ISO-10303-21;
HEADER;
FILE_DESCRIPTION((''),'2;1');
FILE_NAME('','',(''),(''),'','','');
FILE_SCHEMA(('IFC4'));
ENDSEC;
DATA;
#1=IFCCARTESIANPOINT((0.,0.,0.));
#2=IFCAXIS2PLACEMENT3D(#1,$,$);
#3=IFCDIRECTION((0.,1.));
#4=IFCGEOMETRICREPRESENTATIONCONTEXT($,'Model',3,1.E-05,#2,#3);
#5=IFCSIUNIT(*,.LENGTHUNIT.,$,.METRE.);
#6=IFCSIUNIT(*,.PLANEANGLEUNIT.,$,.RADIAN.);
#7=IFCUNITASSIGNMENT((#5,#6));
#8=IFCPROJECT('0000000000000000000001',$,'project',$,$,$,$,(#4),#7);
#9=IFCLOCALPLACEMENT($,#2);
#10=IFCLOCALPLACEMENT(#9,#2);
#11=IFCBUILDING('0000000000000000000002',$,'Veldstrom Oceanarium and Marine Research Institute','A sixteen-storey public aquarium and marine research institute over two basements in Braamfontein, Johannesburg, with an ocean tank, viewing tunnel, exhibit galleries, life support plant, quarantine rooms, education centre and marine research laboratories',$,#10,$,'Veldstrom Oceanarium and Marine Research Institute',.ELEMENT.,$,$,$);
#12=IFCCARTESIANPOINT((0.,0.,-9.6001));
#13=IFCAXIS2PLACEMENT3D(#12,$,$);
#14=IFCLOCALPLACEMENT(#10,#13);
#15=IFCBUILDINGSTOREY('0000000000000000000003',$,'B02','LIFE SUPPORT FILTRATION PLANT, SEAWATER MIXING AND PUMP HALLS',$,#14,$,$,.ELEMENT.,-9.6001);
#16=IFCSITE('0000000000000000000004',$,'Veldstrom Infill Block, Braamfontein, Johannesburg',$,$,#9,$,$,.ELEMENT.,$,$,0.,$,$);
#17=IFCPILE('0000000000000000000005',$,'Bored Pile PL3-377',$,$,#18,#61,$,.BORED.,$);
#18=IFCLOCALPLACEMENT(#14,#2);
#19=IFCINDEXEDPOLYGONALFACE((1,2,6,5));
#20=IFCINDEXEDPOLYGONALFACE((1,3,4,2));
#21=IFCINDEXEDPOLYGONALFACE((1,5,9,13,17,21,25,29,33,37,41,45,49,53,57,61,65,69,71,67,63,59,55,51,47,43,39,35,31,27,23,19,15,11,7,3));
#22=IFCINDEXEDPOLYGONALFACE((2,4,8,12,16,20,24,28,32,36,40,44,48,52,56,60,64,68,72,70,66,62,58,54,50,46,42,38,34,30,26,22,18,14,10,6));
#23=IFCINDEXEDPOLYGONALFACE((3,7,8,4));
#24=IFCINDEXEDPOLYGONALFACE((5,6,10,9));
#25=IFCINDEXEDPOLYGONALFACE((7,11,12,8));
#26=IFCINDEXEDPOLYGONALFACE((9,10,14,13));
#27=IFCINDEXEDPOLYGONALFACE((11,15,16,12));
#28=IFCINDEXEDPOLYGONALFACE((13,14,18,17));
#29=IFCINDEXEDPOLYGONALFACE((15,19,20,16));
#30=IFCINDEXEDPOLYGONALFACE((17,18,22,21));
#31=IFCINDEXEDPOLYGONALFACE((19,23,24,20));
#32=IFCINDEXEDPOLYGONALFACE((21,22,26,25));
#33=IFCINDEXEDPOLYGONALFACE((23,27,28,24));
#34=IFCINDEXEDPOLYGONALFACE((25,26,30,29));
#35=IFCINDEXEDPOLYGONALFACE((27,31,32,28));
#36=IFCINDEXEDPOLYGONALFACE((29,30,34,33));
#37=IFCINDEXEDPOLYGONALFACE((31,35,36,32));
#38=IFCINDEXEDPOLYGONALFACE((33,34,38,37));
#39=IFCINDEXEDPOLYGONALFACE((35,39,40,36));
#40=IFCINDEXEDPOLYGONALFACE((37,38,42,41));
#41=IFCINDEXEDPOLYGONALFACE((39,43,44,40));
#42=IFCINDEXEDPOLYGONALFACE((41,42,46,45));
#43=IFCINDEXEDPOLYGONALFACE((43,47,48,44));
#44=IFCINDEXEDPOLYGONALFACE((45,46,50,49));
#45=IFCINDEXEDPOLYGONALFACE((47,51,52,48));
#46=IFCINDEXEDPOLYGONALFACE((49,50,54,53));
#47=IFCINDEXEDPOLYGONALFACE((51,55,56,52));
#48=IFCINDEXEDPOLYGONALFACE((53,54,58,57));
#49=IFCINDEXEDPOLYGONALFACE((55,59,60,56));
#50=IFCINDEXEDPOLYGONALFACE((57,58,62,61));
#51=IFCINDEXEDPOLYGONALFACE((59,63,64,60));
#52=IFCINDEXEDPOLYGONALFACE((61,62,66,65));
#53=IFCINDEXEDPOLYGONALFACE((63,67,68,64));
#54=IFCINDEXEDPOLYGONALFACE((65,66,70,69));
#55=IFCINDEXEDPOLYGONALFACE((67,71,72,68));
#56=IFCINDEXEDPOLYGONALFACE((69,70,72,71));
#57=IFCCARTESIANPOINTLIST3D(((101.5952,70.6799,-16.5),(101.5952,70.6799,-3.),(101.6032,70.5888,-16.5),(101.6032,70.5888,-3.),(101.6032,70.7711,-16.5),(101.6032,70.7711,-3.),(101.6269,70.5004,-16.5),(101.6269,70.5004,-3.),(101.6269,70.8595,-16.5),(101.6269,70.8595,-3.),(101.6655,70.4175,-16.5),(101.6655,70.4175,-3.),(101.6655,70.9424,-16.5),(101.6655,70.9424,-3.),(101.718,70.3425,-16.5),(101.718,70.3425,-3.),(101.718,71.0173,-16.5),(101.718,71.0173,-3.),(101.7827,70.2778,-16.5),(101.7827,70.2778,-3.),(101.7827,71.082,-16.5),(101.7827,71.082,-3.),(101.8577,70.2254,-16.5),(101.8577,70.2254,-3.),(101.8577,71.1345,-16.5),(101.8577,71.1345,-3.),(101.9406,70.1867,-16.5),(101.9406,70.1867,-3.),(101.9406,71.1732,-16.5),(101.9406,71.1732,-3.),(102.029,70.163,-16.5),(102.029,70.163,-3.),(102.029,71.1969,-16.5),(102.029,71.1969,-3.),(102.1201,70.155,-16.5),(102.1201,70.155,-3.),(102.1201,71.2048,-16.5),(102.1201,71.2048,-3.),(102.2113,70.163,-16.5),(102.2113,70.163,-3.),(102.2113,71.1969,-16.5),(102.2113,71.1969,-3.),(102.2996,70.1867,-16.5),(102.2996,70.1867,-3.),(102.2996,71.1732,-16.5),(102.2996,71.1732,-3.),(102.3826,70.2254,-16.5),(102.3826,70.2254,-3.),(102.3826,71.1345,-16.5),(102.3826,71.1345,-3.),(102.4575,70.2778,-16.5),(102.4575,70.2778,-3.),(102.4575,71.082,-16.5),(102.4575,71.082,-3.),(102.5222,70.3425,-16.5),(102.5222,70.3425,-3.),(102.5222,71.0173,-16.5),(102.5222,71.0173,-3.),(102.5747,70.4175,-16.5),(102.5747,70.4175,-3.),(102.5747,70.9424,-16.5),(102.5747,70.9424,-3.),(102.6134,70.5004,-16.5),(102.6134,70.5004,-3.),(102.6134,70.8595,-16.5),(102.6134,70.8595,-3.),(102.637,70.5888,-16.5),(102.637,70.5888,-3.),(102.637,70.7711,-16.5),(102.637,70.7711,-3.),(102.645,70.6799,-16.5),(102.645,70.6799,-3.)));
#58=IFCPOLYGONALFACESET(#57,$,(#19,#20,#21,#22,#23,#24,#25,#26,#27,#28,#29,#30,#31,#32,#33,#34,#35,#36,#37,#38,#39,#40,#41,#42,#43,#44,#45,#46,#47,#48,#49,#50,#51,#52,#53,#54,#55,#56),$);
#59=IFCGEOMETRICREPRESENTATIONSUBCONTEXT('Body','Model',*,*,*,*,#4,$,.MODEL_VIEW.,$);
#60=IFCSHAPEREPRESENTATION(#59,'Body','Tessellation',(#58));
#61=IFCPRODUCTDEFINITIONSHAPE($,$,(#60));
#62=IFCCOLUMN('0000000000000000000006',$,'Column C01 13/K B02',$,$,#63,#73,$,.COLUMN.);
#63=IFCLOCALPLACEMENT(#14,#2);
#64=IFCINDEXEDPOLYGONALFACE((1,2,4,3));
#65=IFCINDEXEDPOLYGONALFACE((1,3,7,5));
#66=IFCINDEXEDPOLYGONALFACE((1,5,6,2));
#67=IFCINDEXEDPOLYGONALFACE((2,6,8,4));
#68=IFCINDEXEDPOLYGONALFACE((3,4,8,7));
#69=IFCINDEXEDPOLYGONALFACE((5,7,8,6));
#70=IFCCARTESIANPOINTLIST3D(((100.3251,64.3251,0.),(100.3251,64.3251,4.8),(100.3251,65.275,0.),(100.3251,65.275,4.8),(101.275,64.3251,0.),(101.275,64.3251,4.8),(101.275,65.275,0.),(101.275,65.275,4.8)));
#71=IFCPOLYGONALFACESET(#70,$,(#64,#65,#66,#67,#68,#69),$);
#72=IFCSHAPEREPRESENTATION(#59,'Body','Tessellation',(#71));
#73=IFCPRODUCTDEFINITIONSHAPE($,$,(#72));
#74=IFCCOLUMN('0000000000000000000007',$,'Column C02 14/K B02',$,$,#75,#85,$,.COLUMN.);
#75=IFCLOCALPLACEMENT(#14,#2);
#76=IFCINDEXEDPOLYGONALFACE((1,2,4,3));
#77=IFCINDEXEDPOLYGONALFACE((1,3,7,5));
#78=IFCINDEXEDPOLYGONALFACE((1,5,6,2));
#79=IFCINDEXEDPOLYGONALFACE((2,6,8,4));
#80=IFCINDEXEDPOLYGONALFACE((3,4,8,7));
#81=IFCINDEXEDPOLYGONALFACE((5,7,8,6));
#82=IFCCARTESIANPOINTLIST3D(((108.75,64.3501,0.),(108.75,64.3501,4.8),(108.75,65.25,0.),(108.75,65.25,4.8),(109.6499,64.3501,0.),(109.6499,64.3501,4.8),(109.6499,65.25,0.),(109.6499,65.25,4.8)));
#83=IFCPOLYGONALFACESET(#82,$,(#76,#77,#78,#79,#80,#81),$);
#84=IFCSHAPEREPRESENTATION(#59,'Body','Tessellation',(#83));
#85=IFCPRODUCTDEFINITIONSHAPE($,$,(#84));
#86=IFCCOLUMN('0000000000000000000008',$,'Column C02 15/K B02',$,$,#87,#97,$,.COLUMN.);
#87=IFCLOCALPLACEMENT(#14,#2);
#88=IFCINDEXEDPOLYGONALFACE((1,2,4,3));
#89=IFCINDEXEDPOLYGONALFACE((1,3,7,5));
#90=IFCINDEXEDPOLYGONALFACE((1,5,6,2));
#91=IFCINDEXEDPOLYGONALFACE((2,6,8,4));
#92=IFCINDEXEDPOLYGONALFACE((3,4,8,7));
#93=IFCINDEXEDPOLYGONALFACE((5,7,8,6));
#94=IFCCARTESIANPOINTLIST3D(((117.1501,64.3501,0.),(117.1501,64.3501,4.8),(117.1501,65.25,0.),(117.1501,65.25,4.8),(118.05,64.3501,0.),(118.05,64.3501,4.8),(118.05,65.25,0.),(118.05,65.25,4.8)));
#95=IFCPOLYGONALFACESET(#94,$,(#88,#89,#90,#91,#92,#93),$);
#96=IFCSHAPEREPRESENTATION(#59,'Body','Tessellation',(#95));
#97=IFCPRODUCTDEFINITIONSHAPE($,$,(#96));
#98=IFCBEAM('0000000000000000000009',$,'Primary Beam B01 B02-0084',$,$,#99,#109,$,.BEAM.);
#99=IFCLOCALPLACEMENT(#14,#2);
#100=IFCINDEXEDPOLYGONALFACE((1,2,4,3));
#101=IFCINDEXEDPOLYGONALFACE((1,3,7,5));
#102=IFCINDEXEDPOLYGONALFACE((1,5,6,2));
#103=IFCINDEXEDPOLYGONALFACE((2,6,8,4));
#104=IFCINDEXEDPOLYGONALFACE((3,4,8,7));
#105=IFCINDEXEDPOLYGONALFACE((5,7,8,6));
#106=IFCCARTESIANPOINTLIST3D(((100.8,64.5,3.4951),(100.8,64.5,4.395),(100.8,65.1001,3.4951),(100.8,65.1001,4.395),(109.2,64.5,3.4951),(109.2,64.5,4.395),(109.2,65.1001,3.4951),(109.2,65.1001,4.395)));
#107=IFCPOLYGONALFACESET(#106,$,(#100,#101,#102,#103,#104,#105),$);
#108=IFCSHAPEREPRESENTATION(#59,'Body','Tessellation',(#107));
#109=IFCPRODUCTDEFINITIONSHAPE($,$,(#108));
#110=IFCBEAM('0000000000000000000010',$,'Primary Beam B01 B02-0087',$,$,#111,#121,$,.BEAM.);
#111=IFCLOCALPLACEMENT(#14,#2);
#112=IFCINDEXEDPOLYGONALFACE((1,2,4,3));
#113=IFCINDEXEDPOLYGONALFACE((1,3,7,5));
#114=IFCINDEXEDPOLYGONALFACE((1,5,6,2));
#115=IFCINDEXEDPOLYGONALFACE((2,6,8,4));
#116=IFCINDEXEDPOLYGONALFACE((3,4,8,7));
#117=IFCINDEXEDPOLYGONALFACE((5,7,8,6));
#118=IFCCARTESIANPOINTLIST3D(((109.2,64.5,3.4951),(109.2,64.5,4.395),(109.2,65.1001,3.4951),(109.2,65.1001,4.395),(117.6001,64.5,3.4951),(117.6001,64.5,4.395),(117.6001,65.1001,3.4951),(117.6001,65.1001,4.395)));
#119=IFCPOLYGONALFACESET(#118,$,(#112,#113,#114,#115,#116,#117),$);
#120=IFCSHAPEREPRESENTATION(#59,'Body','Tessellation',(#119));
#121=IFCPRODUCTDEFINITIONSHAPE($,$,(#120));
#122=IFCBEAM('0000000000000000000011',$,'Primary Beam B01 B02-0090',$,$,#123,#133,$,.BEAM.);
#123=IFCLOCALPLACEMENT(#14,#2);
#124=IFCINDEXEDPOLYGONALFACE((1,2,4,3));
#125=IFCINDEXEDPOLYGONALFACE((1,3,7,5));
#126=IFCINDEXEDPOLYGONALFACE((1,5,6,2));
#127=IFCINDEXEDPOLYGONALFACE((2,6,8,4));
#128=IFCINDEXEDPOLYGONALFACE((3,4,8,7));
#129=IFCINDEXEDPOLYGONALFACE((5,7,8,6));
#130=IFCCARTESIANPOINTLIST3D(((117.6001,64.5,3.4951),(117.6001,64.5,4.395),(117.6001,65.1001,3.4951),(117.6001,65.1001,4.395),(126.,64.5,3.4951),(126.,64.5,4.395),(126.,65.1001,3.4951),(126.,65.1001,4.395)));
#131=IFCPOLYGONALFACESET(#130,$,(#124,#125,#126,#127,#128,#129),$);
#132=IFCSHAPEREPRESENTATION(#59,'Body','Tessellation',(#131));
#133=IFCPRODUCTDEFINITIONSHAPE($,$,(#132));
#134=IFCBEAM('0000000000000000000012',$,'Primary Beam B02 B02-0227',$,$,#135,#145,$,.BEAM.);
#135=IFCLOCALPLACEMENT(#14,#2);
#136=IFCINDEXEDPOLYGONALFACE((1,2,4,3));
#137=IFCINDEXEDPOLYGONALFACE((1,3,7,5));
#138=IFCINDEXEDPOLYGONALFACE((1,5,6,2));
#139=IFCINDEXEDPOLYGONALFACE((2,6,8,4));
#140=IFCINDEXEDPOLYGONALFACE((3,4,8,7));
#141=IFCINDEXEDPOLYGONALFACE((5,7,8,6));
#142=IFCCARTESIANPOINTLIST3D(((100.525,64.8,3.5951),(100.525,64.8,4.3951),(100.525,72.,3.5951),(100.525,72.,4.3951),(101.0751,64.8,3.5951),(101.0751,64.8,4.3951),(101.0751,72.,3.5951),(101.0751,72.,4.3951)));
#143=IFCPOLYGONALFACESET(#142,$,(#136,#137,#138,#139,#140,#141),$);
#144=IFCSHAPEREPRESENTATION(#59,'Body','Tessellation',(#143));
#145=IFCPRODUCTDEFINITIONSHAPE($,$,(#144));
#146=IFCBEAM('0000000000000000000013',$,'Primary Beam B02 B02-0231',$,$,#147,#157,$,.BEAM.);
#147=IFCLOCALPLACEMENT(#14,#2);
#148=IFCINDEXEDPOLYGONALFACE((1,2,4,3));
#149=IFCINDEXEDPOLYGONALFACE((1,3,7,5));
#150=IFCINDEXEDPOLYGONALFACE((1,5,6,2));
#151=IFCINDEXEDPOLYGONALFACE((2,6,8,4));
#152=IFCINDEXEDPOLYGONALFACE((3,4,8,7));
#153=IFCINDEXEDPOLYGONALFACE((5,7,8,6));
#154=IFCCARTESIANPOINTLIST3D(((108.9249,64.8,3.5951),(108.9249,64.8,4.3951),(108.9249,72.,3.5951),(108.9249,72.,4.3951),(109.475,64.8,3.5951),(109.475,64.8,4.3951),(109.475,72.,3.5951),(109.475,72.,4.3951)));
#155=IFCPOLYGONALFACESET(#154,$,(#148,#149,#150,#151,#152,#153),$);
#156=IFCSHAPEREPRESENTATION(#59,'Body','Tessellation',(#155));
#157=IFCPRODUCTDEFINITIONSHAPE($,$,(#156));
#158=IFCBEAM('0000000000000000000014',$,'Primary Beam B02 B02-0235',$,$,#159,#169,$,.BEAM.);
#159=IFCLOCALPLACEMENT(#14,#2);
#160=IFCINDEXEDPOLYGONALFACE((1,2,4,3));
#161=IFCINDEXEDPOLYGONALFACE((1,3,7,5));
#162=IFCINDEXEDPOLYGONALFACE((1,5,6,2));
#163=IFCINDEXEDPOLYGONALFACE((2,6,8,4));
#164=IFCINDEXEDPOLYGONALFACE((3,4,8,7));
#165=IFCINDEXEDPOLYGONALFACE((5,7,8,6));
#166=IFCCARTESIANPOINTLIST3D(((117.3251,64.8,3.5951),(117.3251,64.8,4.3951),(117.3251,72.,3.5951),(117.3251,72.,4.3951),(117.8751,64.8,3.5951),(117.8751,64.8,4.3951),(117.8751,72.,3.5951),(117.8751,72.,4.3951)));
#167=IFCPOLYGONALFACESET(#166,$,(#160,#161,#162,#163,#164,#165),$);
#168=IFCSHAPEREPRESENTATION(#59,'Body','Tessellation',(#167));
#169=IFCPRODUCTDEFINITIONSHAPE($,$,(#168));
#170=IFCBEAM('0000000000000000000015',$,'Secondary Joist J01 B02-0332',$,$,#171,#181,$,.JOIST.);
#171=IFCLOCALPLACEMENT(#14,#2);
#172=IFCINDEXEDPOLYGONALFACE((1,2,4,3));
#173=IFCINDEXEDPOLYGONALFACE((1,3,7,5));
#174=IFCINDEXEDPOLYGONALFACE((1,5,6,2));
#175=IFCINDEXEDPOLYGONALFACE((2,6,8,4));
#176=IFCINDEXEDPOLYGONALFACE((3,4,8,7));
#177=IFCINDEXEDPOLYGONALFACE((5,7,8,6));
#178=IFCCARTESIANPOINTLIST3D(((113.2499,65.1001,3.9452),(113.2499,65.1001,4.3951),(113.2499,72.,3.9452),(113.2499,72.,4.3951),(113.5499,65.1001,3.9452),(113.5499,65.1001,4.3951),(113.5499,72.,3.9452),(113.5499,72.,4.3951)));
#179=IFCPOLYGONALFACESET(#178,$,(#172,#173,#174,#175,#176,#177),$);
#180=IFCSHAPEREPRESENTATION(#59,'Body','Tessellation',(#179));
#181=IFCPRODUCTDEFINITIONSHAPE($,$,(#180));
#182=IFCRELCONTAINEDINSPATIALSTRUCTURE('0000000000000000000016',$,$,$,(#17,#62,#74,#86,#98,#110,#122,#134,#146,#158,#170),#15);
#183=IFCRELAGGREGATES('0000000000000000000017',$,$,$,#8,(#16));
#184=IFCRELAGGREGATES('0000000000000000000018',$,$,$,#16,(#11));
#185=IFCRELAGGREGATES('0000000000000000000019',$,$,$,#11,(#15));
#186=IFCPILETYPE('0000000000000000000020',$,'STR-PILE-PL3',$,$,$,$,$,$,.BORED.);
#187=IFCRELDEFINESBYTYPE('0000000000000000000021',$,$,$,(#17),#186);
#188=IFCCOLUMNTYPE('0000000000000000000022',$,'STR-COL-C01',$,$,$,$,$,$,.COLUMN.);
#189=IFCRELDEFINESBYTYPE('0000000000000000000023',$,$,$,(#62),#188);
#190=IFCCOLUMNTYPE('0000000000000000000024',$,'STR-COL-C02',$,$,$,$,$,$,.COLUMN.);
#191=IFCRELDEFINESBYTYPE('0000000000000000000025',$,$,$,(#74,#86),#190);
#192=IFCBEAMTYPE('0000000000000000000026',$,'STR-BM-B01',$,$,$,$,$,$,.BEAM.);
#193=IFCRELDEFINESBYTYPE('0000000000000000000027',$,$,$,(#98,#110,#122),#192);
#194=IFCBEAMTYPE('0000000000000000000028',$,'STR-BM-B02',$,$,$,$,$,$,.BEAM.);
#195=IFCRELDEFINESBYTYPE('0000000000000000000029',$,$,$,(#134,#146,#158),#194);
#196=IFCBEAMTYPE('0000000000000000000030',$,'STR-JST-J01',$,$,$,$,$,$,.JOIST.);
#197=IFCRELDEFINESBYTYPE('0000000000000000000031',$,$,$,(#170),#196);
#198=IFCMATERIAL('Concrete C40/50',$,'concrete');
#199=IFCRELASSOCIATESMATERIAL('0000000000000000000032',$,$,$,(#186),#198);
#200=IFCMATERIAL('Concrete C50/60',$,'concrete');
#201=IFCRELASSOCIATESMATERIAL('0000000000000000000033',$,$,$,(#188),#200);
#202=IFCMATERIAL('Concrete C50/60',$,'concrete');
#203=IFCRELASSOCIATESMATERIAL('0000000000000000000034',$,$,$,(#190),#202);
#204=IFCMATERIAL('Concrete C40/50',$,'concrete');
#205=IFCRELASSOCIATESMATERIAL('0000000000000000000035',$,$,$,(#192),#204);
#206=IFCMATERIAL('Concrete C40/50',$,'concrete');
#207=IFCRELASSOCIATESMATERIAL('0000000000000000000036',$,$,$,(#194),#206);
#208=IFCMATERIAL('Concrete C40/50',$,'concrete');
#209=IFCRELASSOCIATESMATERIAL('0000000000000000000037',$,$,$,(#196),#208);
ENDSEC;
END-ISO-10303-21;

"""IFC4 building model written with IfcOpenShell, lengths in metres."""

from ifc_helpers import new_model, si_unit, direction, frame, origin, origin_2d, place, context, subcontext, project, spatial, rectangle, circle, extrude, material, material_profile, profile_set, type_object, element, save


model = new_model("IFC4")

# Units and contexts
model_context = context("Model", 3, precision=1e-05, world=origin(), true_north=direction((0.0, 1.0)))
body_context = subcontext(model_context, "Body", "Model", "MODEL_VIEW")
ifc_project = project(units=[si_unit("LENGTHUNIT", "METRE"), si_unit("PLANEANGLEUNIT", "RADIAN")], contexts=[model_context])

# Site, building, storey
site_placement = place(None, origin())
site = spatial("IfcSite", under=ifc_project, at=site_placement, Name="Veldstrom Infill Block, Braamfontein, Johannesburg", CompositionType="ELEMENT", RefElevation=0.0)
building_placement = place(site_placement, origin())
building = spatial("IfcBuilding", under=site, at=building_placement, Name="Veldstrom Oceanarium and Marine Research Institute", Description="A sixteen-storey public aquarium and marine research institute over two basements in Braamfontein, Johannesburg, with an ocean tank, viewing tunnel, exhibit galleries, life support plant, quarantine rooms, education centre and marine research laboratories", LongName="Veldstrom Oceanarium and Marine Research Institute", CompositionType="ELEMENT")
storey_placement = place(building_placement, frame((0.0, 0.0, -9.6001)))
storey = spatial("IfcBuildingStorey", under=building, at=storey_placement, Name="B02", Description="LIFE SUPPORT FILTRATION PLANT, SEAWATER MIXING AND PUMP HALLS", CompositionType="ELEMENT", Elevation=-9.6001)

# Pile
ifc_material_1 = material(Name="Concrete C40/50", Category="concrete")
ifc_material_profile_1 = material_profile(ifc_material_1, circle(Radius=0.5249, at=origin_2d()), Name="PILE-D1050")
ifc_profile_set_1 = profile_set([ifc_material_profile_1], Name="Concrete C40/50")
pile_type_1 = type_object("IfcPileType", Name="STR-PILE-PL3", PredefinedType="BORED", material=ifc_profile_set_1)
for number, where, z_axis, x_axis, name in (
    (1, (102.1201, 70.6799, -3.0), (0.0, 0.0, -1.0), (1.0, 0.0, 0.0), "Bored Pile PL3-377"),
):
    element("IfcPile", number, at=place(storey_placement, frame(where, z_axis=z_axis, x_axis=x_axis)), inside=storey, type_object=pile_type_1, Name=name, PredefinedType="BORED", context=body_context, shape_type="SweptSolid", body=[
        extrude(circle(Radius=0.5249, at=origin_2d()), origin(), (0.0, 0.0, 1.0), 13.5),
    ])

# Columns
ifc_material_2 = material(Name="Concrete C50/60", Category="concrete")
ifc_material_profile_2 = material_profile(ifc_material_2, rectangle(XDim=0.95, YDim=0.95, at=origin_2d()), Name="RC-COL-950x950")
ifc_profile_set_2 = profile_set([ifc_material_profile_2], Name="Concrete C50/60")
column_type_1 = type_object("IfcColumnType", Name="STR-COL-C01", PredefinedType="COLUMN", material=ifc_profile_set_2)
column_placement = place(storey_placement, frame((100.8, 64.8, 0.0), z_axis=(0.0, 0.0, 1.0), x_axis=(1.0, 0.0, 0.0)))
element("IfcColumn", 2, at=column_placement, inside=storey, type_object=column_type_1, Name="Column C01 13/K B02", PredefinedType="COLUMN", context=body_context, shape_type="SweptSolid", body=[
    extrude(rectangle(XDim=0.95, YDim=0.95, at=origin_2d()), origin(), (0.0, 0.0, 1.0), 4.8),
])
ifc_material_3 = material(Name="Concrete C50/60", Category="concrete")
ifc_material_profile_3 = material_profile(ifc_material_3, rectangle(XDim=0.8999, YDim=0.8999, at=origin_2d()), Name="RC-COL-900x900")
ifc_profile_set_3 = profile_set([ifc_material_profile_3], Name="Concrete C50/60")
column_type_2 = type_object("IfcColumnType", Name="STR-COL-C02", PredefinedType="COLUMN", material=ifc_profile_set_3)
for number, where, z_axis, x_axis, name in (
    (3, (109.2, 64.8, 0.0), (0.0, 0.0, 1.0), (1.0, 0.0, 0.0), "Column C02 14/K B02"),
    (4, (117.6001, 64.8, 0.0), (0.0, 0.0, 1.0), (1.0, 0.0, 0.0), "Column C02 15/K B02"),
):
    element("IfcColumn", number, at=place(storey_placement, frame(where, z_axis=z_axis, x_axis=x_axis)), inside=storey, type_object=column_type_2, Name=name, PredefinedType="COLUMN", context=body_context, shape_type="SweptSolid", body=[
        extrude(rectangle(XDim=0.8999, YDim=0.8999, at=origin_2d()), origin(), (0.0, 0.0, 1.0), 4.8),
    ])

# Beams
ifc_material_4 = material(Name="Concrete C40/50", Category="concrete")
ifc_material_profile_4 = material_profile(ifc_material_4, rectangle(XDim=0.6001, YDim=0.8999, at=origin_2d()), Name="RC-BM-600x900")
ifc_profile_set_4 = profile_set([ifc_material_profile_4], Name="Concrete C40/50")
beam_type_1 = type_object("IfcBeamType", Name="STR-BM-B01", PredefinedType="BEAM", material=ifc_profile_set_4)
beam_1_placement = place(storey_placement, frame((100.8, 64.8, 3.9451), z_axis=(1.0, 0.0, 0.0), x_axis=(0.0, 1.0, 0.0)))
element("IfcBeam", 5, at=beam_1_placement, inside=storey, type_object=beam_type_1, Name="Primary Beam B01 B02-0084", PredefinedType="BEAM", context=body_context, shape_type="SweptSolid", body=[
    extrude(rectangle(XDim=0.6001, YDim=0.8999, at=origin_2d()), origin(), (0.0, 0.0, 1.0), 8.3999),
])
beam_2_placement = place(storey_placement, frame((109.2, 64.8, 3.9451), z_axis=(1.0, 0.0, 0.0), x_axis=(0.0, 1.0, 0.0)))
element("IfcBeam", 6, at=beam_2_placement, inside=storey, type_object=beam_type_1, Name="Primary Beam B01 B02-0087", PredefinedType="BEAM", context=body_context, shape_type="SweptSolid", body=[
    extrude(rectangle(XDim=0.6001, YDim=0.8999, at=origin_2d()), origin(), (0.0, 0.0, 1.0), 8.4001),
])
beam_3_placement = place(storey_placement, frame((117.6001, 64.8, 3.9451), z_axis=(1.0, 0.0, 0.0), x_axis=(0.0, 1.0, 0.0)))
element("IfcBeam", 7, at=beam_3_placement, inside=storey, type_object=beam_type_1, Name="Primary Beam B01 B02-0090", PredefinedType="BEAM", context=body_context, shape_type="SweptSolid", body=[
    extrude(rectangle(XDim=0.6001, YDim=0.8999, at=origin_2d()), origin(), (0.0, 0.0, 1.0), 8.3999),
])
ifc_material_5 = material(Name="Concrete C40/50", Category="concrete")
ifc_material_profile_5 = material_profile(ifc_material_5, rectangle(XDim=0.55, YDim=0.8, at=origin_2d()), Name="RC-BM-550x800")
ifc_profile_set_5 = profile_set([ifc_material_profile_5], Name="Concrete C40/50")
beam_type_2 = type_object("IfcBeamType", Name="STR-BM-B02", PredefinedType="BEAM", material=ifc_profile_set_5)
for number, where, z_axis, x_axis, name in (
    (8, (100.8, 64.8, 3.9951), (0.0, 1.0, 0.0), (-1.0, 0.0, 0.0), "Primary Beam B02 B02-0227"),
    (9, (109.2, 64.8, 3.9951), (0.0, 1.0, 0.0), (-1.0, 0.0, 0.0), "Primary Beam B02 B02-0231"),
    (10, (117.6001, 64.8, 3.9951), (0.0, 1.0, 0.0), (-1.0, 0.0, 0.0), "Primary Beam B02 B02-0235"),
):
    element("IfcBeam", number, at=place(storey_placement, frame(where, z_axis=z_axis, x_axis=x_axis)), inside=storey, type_object=beam_type_2, Name=name, PredefinedType="BEAM", context=body_context, shape_type="SweptSolid", body=[
        extrude(rectangle(XDim=0.55, YDim=0.8, at=origin_2d()), origin(), (0.0, 0.0, 1.0), 7.2),
    ])
ifc_material_6 = material(Name="Concrete C40/50", Category="concrete")
ifc_material_profile_6 = material_profile(ifc_material_6, rectangle(XDim=0.3, YDim=0.45, at=origin_2d()), Name="RC-JST-300x450")
ifc_profile_set_6 = profile_set([ifc_material_profile_6], Name="Concrete C40/50")
beam_type_3 = type_object("IfcBeamType", Name="STR-JST-J01", PredefinedType="JOIST", material=ifc_profile_set_6)
beam_4_placement = place(storey_placement, frame((113.3999, 65.1001, 4.1702), z_axis=(0.0, 1.0, 0.0), x_axis=(-1.0, 0.0, 0.0)))
element("IfcBeam", 11, at=beam_4_placement, inside=storey, type_object=beam_type_3, Name="Secondary Joist J01 B02-0332", PredefinedType="JOIST", context=body_context, shape_type="SweptSolid", body=[
    extrude(rectangle(XDim=0.3, YDim=0.45, at=origin_2d()), origin(), (0.0, 0.0, 1.0), 6.8999),
])

save(model, "model.ifc")
